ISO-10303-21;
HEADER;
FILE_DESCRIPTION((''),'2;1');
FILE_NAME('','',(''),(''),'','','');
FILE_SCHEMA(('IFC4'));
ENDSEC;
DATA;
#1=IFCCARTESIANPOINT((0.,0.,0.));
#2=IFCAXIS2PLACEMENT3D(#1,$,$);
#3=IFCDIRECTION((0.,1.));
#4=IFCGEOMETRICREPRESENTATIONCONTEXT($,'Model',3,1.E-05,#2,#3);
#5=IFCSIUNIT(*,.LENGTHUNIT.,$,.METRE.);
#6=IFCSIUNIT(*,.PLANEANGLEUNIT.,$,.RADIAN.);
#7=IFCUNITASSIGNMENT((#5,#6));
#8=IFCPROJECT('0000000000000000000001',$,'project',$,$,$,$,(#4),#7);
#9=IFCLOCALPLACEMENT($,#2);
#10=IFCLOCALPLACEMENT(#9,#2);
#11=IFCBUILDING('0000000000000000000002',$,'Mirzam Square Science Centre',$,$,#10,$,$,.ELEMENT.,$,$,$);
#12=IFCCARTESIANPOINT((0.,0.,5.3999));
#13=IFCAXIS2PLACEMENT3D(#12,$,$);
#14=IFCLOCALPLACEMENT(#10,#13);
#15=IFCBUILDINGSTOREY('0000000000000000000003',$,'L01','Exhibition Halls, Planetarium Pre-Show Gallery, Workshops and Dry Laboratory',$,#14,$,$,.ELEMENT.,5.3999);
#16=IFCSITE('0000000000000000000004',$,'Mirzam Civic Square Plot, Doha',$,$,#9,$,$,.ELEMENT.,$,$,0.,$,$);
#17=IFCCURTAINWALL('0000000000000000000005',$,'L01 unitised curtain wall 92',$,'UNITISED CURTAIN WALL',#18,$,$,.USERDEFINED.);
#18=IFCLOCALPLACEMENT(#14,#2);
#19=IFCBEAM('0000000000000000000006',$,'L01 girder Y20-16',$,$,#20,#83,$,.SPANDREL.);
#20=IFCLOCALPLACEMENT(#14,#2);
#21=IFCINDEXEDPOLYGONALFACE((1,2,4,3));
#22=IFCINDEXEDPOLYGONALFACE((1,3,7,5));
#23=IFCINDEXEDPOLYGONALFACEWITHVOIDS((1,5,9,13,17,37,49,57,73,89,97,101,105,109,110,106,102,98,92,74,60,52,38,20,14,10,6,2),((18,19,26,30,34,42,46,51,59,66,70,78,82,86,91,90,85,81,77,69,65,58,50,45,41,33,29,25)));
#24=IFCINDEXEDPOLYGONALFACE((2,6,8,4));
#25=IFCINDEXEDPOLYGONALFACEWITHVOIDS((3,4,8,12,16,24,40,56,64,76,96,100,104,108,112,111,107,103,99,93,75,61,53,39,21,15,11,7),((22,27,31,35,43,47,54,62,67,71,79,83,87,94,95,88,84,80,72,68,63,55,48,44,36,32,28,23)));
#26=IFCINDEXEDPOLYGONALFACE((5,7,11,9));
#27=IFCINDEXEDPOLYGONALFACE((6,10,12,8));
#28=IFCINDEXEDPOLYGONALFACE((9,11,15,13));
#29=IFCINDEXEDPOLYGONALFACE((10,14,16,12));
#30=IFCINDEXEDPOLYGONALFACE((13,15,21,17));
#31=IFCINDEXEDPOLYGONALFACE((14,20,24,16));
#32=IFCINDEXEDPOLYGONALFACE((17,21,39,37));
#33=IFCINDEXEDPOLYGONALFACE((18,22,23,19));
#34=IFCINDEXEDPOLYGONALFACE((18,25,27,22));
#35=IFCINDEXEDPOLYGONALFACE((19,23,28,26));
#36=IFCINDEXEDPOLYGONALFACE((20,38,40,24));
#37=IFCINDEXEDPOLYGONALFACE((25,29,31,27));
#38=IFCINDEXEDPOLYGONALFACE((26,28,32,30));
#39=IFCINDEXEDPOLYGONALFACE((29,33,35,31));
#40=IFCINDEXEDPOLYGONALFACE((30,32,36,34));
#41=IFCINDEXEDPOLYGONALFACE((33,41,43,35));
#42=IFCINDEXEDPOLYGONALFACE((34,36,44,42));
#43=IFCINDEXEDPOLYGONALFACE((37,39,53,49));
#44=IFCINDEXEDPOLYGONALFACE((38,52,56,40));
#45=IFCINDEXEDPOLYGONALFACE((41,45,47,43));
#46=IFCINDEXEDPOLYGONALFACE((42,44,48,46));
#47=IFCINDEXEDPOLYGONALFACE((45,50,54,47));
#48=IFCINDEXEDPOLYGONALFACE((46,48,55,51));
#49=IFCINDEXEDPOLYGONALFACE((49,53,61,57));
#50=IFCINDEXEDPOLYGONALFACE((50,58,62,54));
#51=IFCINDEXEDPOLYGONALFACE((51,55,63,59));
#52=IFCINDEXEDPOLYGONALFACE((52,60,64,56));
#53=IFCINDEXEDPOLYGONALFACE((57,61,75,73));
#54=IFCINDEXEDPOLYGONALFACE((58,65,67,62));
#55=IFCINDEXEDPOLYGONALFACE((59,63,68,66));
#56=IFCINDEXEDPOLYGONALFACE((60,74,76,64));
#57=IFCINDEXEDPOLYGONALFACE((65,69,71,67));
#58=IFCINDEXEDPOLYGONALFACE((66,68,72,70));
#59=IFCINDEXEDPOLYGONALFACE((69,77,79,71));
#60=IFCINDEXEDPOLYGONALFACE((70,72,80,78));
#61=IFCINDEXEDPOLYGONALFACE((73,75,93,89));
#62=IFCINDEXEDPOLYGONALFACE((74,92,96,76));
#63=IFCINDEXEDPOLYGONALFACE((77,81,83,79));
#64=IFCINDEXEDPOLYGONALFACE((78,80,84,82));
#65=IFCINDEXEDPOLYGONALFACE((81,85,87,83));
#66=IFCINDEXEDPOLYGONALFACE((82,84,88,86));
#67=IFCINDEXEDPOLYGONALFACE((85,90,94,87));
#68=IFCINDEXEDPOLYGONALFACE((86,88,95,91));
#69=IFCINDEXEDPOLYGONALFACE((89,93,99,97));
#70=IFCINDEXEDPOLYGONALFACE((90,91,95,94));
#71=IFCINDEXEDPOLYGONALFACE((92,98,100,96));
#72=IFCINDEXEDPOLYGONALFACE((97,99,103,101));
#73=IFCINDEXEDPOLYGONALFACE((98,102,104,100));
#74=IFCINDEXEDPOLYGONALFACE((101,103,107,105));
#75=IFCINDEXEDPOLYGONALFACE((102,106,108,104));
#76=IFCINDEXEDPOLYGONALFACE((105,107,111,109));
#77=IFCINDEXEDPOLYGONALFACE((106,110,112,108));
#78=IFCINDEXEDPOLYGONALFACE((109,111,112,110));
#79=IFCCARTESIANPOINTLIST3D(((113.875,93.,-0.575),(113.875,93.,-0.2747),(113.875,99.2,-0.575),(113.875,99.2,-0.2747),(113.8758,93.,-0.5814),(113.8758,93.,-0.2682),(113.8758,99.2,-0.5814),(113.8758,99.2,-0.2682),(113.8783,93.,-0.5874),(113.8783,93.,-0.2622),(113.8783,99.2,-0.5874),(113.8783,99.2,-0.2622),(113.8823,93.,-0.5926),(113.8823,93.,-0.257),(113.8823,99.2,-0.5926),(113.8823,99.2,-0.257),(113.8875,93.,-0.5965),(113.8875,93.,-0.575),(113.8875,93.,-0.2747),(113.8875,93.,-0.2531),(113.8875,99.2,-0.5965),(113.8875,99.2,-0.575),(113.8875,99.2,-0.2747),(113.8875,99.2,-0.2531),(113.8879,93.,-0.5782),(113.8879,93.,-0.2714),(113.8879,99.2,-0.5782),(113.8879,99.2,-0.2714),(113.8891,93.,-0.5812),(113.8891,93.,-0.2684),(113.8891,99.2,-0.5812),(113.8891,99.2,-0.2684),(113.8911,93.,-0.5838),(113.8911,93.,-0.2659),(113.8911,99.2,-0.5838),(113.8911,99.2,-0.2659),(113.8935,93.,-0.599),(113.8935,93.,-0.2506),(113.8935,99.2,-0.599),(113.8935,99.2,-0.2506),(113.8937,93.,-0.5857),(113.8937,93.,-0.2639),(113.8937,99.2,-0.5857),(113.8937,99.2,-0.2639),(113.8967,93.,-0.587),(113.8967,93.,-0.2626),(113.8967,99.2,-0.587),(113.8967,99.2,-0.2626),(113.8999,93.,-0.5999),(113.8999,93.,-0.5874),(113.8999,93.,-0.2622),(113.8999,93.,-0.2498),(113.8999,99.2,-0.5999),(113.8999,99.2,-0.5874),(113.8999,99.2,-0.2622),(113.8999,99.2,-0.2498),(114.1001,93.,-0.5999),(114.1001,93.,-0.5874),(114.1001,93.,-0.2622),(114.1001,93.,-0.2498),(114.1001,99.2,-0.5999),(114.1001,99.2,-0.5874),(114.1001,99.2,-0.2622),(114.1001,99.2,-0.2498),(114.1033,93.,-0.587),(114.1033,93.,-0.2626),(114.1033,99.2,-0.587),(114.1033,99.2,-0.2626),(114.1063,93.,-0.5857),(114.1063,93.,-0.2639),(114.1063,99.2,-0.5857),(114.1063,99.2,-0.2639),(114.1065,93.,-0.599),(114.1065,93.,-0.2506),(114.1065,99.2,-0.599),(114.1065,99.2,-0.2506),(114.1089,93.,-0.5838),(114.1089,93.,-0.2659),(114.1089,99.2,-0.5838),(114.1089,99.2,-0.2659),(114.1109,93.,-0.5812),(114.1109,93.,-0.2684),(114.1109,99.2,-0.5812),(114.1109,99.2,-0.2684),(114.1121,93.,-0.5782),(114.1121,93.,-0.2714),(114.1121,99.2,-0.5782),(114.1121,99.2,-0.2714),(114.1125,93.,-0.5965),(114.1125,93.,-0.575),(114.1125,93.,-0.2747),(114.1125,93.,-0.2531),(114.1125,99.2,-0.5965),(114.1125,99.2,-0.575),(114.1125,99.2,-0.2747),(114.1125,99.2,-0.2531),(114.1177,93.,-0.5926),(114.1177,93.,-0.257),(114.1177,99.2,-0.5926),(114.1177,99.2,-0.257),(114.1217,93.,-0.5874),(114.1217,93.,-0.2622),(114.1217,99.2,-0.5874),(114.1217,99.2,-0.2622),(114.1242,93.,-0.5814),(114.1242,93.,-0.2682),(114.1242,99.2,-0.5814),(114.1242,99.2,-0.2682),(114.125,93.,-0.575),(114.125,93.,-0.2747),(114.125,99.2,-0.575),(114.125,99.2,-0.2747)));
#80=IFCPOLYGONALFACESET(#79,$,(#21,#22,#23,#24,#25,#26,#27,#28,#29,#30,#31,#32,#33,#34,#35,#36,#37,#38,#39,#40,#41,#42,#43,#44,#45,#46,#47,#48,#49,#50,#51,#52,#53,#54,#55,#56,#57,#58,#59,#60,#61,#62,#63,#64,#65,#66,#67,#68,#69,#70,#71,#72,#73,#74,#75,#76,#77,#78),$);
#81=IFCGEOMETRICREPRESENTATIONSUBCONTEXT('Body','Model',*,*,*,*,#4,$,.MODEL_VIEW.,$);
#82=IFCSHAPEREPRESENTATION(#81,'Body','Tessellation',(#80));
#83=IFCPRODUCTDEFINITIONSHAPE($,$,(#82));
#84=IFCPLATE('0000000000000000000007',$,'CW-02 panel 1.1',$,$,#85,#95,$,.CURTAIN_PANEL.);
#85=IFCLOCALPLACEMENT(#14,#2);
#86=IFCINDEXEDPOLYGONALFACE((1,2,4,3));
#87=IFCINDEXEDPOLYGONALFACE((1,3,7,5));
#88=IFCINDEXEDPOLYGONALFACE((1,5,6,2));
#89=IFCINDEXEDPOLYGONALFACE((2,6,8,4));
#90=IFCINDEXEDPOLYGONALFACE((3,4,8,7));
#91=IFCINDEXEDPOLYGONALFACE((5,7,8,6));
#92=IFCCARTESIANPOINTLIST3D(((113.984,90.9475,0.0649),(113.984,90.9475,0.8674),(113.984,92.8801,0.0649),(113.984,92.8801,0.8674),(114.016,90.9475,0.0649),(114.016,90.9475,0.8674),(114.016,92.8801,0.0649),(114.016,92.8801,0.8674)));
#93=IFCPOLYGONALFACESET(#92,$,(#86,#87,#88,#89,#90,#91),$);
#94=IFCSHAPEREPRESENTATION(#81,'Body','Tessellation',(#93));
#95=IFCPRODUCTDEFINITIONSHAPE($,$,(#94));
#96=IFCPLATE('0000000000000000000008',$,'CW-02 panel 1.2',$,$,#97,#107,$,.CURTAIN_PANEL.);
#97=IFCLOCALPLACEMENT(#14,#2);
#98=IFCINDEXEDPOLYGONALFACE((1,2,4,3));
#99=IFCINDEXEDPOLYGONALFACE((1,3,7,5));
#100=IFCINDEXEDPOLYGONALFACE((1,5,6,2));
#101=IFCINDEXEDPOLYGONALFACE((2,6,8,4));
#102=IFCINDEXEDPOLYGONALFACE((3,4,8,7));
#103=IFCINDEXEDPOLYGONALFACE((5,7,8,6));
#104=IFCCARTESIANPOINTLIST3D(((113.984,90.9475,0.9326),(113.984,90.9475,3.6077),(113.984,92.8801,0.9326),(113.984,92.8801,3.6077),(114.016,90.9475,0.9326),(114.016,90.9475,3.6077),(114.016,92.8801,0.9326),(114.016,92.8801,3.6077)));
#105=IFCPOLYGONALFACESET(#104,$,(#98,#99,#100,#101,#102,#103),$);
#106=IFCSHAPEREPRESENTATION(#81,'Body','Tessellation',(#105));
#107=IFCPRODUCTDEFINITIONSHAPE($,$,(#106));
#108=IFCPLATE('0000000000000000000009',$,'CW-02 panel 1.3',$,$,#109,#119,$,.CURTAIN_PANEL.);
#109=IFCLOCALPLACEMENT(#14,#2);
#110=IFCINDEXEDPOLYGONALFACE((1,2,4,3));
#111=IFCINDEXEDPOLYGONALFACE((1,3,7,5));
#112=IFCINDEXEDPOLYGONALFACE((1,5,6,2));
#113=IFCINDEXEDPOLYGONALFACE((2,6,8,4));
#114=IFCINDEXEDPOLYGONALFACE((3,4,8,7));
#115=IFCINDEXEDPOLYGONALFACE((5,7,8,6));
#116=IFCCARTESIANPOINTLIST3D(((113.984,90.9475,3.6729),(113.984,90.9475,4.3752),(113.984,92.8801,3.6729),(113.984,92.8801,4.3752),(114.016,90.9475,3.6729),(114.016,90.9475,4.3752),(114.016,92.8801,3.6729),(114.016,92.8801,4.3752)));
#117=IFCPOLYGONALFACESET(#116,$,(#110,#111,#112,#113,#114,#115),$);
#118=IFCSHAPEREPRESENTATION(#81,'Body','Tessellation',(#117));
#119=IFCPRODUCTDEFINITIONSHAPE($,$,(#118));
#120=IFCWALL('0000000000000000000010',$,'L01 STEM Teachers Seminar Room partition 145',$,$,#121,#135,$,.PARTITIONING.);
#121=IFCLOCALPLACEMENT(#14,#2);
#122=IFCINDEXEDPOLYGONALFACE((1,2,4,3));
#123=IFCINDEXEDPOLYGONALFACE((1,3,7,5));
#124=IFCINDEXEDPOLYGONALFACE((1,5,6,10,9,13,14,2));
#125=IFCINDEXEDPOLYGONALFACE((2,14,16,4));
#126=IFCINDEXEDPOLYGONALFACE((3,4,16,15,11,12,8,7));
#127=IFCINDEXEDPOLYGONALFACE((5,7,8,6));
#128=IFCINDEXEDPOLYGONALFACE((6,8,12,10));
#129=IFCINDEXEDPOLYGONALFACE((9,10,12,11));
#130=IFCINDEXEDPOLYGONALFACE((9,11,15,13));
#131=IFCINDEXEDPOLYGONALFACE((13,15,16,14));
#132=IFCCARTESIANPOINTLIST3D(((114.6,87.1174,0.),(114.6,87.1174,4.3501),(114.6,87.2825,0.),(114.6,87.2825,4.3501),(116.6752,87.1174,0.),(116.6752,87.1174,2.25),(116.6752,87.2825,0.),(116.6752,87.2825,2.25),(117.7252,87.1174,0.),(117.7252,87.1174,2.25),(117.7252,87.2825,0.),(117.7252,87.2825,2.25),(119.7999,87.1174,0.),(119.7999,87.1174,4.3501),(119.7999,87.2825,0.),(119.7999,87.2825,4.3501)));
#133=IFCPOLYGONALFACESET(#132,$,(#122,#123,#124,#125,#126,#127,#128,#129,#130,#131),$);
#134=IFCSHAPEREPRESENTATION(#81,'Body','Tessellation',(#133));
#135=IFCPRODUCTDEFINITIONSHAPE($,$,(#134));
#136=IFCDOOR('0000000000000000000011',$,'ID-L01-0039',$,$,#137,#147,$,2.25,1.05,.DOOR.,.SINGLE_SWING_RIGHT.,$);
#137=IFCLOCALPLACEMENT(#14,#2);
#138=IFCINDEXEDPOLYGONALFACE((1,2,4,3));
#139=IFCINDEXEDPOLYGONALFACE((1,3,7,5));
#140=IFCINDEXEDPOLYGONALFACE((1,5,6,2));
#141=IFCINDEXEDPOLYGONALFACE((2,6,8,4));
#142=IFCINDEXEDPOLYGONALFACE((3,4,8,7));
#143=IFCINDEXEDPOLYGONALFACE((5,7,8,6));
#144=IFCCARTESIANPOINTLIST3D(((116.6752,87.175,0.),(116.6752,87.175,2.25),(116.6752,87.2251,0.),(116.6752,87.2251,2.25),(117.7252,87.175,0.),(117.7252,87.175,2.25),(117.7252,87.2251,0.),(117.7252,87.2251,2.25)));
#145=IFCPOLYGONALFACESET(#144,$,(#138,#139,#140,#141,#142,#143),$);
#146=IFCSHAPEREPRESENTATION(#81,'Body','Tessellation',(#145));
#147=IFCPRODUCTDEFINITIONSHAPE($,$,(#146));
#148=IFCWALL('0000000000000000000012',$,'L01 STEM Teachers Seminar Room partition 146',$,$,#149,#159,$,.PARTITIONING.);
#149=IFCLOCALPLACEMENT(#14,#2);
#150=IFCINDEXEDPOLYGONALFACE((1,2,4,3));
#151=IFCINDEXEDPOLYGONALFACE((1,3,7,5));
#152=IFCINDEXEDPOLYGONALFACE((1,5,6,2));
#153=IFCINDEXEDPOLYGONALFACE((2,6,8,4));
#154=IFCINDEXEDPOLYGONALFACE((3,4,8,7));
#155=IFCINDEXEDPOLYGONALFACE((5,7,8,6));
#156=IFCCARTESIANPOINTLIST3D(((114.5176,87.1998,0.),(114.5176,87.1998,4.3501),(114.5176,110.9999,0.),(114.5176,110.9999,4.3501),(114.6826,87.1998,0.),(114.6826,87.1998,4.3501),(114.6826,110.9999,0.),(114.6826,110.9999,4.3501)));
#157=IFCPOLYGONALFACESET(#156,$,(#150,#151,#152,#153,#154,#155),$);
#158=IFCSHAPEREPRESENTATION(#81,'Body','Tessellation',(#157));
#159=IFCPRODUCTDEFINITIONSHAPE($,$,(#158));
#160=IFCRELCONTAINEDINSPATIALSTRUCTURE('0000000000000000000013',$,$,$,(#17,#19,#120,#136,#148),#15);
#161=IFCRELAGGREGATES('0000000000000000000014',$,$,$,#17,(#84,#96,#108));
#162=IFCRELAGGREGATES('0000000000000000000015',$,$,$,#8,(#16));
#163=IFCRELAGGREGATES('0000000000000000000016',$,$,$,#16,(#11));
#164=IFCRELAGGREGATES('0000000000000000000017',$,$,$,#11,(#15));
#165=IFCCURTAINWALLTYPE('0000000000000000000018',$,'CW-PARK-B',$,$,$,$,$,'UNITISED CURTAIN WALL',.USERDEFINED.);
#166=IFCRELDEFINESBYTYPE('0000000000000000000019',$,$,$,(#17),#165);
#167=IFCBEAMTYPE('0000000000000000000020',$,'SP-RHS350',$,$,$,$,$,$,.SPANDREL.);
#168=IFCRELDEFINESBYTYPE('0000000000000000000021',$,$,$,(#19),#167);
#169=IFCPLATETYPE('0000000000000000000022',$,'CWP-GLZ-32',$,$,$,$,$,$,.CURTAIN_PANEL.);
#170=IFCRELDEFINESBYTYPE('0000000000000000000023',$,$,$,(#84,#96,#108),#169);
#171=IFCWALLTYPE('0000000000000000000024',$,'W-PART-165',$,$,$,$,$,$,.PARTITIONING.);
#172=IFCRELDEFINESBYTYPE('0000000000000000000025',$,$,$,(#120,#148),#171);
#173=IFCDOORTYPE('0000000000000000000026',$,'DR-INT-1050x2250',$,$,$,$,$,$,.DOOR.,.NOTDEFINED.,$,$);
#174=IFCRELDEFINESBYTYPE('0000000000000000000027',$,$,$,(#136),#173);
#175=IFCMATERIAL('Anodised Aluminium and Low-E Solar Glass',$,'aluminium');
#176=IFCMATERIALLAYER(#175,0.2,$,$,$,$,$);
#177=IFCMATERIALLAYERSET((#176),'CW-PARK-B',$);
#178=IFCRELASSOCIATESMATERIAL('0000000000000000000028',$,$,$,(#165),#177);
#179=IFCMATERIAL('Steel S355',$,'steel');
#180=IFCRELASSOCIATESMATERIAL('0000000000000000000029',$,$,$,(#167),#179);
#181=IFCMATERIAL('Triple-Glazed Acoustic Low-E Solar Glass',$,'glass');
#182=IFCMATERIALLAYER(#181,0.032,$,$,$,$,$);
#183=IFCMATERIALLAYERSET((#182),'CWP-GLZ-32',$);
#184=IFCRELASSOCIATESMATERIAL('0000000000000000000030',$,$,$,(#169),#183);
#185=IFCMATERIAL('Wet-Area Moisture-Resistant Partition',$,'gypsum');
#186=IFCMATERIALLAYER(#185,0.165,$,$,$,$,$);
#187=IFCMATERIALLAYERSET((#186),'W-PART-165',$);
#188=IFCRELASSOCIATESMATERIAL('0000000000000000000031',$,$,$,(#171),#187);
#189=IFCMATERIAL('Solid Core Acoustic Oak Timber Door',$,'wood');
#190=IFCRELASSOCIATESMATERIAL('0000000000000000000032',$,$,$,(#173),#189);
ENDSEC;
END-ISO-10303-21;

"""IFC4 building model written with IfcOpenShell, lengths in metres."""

from ifc_helpers import new_model, si_unit, direction, frame, frame_2d, origin, origin_2d, place, context, subcontext, project, spatial, rectangle, hollow_rectangle, extrude, material, layer, layer_set, material_profile, profile_set, type_object, element, fill, aggregate, save


model = new_model("IFC4")

# Units and contexts
model_context = context("Model", 3, precision=1e-05, world=origin(), true_north=direction((0.0, 1.0)))
body_context = subcontext(model_context, "Body", "Model", "MODEL_VIEW")
ifc_project = project(units=[si_unit("LENGTHUNIT", "METRE"), si_unit("PLANEANGLEUNIT", "RADIAN")], contexts=[model_context])

# Site, building, storey
site_placement = place(None, origin())
site = spatial("IfcSite", under=ifc_project, at=site_placement, Name="Mirzam Civic Square Plot, Doha", CompositionType="ELEMENT", RefElevation=0.0)
building_placement = place(site_placement, origin())
building = spatial("IfcBuilding", under=site, at=building_placement, Name="Mirzam Square Science Centre", CompositionType="ELEMENT")
storey_placement = place(building_placement, frame((0.0, 0.0, 5.3999)))
storey = spatial("IfcBuildingStorey", under=building, at=storey_placement, Name="L01", Description="Exhibition Halls, Planetarium Pre-Show Gallery, Workshops and Dry Laboratory", CompositionType="ELEMENT", Elevation=5.3999)

# Shared definitions
ifc_material_1 = material(Name="Steel S355", Category="steel")

# Curtain wall
ifc_material_2 = material(Name="Anodised Aluminium and Low-E Solar Glass", Category="aluminium")
ifc_layer_1 = layer(ifc_material_2, 0.2)
ifc_layer_set_1 = layer_set([ifc_layer_1], Name="CW-PARK-B")
curtain_wall_type = type_object("IfcCurtainWallType", Name="CW-PARK-B", ElementType="UNITISED CURTAIN WALL", PredefinedType="USERDEFINED", material=ifc_layer_set_1)
curtain_wall_placement = place(storey_placement, origin())
curtain_wall = element("IfcCurtainWall", 1, at=curtain_wall_placement, inside=storey, type_object=curtain_wall_type, Name="L01 unitised curtain wall 92", ObjectType="UNITISED CURTAIN WALL", PredefinedType="USERDEFINED")

# Beam
ifc_material_profile_1 = material_profile(ifc_material_1, hollow_rectangle(XDim=0.25, YDim=0.3501, WallThickness=0.0125, InnerFilletRadius=0.0125, OuterFilletRadius=0.0249, at=origin_2d()), Name="350x250x12.5RHS")
ifc_profile_set_1 = profile_set([ifc_material_profile_1], Name="Steel S355")
beam_type_1 = type_object("IfcBeamType", Name="SP-RHS350", PredefinedType="SPANDREL", material=ifc_profile_set_1)
beam_1_placement = place(storey_placement, frame((114.0, 93.0, -0.4248), z_axis=(0.0, 1.0, 0.0), x_axis=(-1.0, 0.0, 0.0)))
element("IfcBeam", 2, at=beam_1_placement, inside=storey, type_object=beam_type_1, Name="L01 girder Y20-16", PredefinedType="SPANDREL", context=body_context, shape_type="SweptSolid", body=[
    extrude(hollow_rectangle(XDim=0.25, YDim=0.3501, WallThickness=0.0125, InnerFilletRadius=0.0125, OuterFilletRadius=0.0249, at=origin_2d()), origin(), (0.0, 0.0, 1.0), 6.2),
])

# Plates
ifc_material_3 = material(Name="Triple-Glazed Acoustic Low-E Solar Glass", Category="glass")
ifc_layer_2 = layer(ifc_material_3, 0.032)
ifc_layer_set_2 = layer_set([ifc_layer_2], Name="CWP-GLZ-32")
plate_type = type_object("IfcPlateType", Name="CWP-GLZ-32", PredefinedType="CURTAIN_PANEL", material=ifc_layer_set_2)
plate_1_placement = place(storey_placement, frame((114.0, 91.9138, 0.0649), z_axis=(0.0, 0.0, 1.0), x_axis=(0.0, -1.0, 0.0)))
plate_1 = element("IfcPlate", 3, at=plate_1_placement, type_object=plate_type, Name="CW-02 panel 1.1", PredefinedType="CURTAIN_PANEL", context=body_context, shape_type="SweptSolid", body=[
    extrude(rectangle(XDim=1.9326, YDim=0.032, at=origin_2d()), origin(), (0.0, 0.0, 1.0), 0.8025),
])
plate_2_placement = place(storey_placement, frame((114.0, 91.9138, 0.9326), z_axis=(0.0, 0.0, 1.0), x_axis=(0.0, -1.0, 0.0)))
plate_2 = element("IfcPlate", 4, at=plate_2_placement, type_object=plate_type, Name="CW-02 panel 1.2", PredefinedType="CURTAIN_PANEL", context=body_context, shape_type="SweptSolid", body=[
    extrude(rectangle(XDim=1.9326, YDim=0.032, at=origin_2d()), origin(), (0.0, 0.0, 1.0), 2.675),
])
plate_3_placement = place(storey_placement, frame((114.0, 91.9138, 3.6729), z_axis=(0.0, 0.0, 1.0), x_axis=(0.0, -1.0, 0.0)))
plate_3 = element("IfcPlate", 5, at=plate_3_placement, type_object=plate_type, Name="CW-02 panel 1.3", PredefinedType="CURTAIN_PANEL", context=body_context, shape_type="SweptSolid", body=[
    extrude(rectangle(XDim=1.9326, YDim=0.032, at=origin_2d()), origin(), (0.0, 0.0, 1.0), 0.7024),
])
aggregate(curtain_wall, [plate_1, plate_2, plate_3])

# Wall, opening, door
ifc_material_4 = material(Name="Wet-Area Moisture-Resistant Partition", Category="gypsum")
ifc_layer_3 = layer(ifc_material_4, 0.165)
ifc_layer_set_3 = layer_set([ifc_layer_3], Name="W-PART-165")
wall_type_1 = type_object("IfcWallType", Name="W-PART-165", PredefinedType="PARTITIONING", material=ifc_layer_set_3)
wall_1_placement = place(storey_placement, frame((119.8, 87.2, 0.0), z_axis=(0.0, 0.0, 1.0), x_axis=(-1.0, 0.0, 0.0)))
wall_1 = element("IfcWall", 6, at=wall_1_placement, inside=storey, type_object=wall_type_1, Name="L01 STEM Teachers Seminar Room partition 145", PredefinedType="PARTITIONING", context=body_context, shape_type="SweptSolid", body=[
    extrude(rectangle(XDim=5.2, YDim=0.165, at=frame_2d((2.6001, 0.0))), origin(), (0.0, 0.0, 1.0), 4.3501),
])
opening_1_placement = place(wall_1_placement, frame((2.075, 0.0, 0.0)))
opening_1 = element("IfcOpeningElement", 7, at=opening_1_placement, cuts=wall_1, PredefinedType="OPENING", context=body_context, shape_type="SweptSolid", body=[
    extrude(rectangle(XDim=1.05, YDim=2.25, at=frame_2d((0.5249, 1.125))), frame((0.0, 0.0925, 0.0), z_axis=(0.0, -1.0, 0.0), x_axis=(1.0, 0.0, 0.0)), (0.0, 0.0, 1.0), 0.1851),
])
ifc_material_5 = material(Name="Solid Core Acoustic Oak Timber Door", Category="wood")
door_type_1 = type_object("IfcDoorType", Name="DR-INT-1050x2250", OperationType="NOTDEFINED", PredefinedType="DOOR", material=ifc_material_5)
door_1_placement = place(opening_1_placement, origin())
door_1 = element("IfcDoor", 8, at=door_1_placement, inside=storey, type_object=door_type_1, Name="ID-L01-0039", OperationType="SINGLE_SWING_RIGHT", OverallHeight=2.25, OverallWidth=1.05, PredefinedType="DOOR", context=body_context, shape_type="SweptSolid", body=[
    extrude(rectangle(XDim=1.05, YDim=2.25, at=frame_2d((0.5249, 1.125))), frame((0.0, 0.0249, 0.0), z_axis=(0.0, -1.0, 0.0), x_axis=(1.0, 0.0, 0.0)), (0.0, 0.0, 1.0), 0.05),
])
fill(opening_1, door_1)

# Wall
wall_2_placement = place(storey_placement, frame((114.6001, 87.2, 0.0), z_axis=(0.0, 0.0, 1.0), x_axis=(0.0, 1.0, 0.0)))
element("IfcWall", 9, at=wall_2_placement, inside=storey, type_object=wall_type_1, Name="L01 STEM Teachers Seminar Room partition 146", PredefinedType="PARTITIONING", context=body_context, shape_type="SweptSolid", body=[
    extrude(rectangle(XDim=23.8, YDim=0.165, at=frame_2d((11.8999, 0.0))), origin(), (0.0, 0.0, 1.0), 4.3501),
])

save(model, "model.ifc")
